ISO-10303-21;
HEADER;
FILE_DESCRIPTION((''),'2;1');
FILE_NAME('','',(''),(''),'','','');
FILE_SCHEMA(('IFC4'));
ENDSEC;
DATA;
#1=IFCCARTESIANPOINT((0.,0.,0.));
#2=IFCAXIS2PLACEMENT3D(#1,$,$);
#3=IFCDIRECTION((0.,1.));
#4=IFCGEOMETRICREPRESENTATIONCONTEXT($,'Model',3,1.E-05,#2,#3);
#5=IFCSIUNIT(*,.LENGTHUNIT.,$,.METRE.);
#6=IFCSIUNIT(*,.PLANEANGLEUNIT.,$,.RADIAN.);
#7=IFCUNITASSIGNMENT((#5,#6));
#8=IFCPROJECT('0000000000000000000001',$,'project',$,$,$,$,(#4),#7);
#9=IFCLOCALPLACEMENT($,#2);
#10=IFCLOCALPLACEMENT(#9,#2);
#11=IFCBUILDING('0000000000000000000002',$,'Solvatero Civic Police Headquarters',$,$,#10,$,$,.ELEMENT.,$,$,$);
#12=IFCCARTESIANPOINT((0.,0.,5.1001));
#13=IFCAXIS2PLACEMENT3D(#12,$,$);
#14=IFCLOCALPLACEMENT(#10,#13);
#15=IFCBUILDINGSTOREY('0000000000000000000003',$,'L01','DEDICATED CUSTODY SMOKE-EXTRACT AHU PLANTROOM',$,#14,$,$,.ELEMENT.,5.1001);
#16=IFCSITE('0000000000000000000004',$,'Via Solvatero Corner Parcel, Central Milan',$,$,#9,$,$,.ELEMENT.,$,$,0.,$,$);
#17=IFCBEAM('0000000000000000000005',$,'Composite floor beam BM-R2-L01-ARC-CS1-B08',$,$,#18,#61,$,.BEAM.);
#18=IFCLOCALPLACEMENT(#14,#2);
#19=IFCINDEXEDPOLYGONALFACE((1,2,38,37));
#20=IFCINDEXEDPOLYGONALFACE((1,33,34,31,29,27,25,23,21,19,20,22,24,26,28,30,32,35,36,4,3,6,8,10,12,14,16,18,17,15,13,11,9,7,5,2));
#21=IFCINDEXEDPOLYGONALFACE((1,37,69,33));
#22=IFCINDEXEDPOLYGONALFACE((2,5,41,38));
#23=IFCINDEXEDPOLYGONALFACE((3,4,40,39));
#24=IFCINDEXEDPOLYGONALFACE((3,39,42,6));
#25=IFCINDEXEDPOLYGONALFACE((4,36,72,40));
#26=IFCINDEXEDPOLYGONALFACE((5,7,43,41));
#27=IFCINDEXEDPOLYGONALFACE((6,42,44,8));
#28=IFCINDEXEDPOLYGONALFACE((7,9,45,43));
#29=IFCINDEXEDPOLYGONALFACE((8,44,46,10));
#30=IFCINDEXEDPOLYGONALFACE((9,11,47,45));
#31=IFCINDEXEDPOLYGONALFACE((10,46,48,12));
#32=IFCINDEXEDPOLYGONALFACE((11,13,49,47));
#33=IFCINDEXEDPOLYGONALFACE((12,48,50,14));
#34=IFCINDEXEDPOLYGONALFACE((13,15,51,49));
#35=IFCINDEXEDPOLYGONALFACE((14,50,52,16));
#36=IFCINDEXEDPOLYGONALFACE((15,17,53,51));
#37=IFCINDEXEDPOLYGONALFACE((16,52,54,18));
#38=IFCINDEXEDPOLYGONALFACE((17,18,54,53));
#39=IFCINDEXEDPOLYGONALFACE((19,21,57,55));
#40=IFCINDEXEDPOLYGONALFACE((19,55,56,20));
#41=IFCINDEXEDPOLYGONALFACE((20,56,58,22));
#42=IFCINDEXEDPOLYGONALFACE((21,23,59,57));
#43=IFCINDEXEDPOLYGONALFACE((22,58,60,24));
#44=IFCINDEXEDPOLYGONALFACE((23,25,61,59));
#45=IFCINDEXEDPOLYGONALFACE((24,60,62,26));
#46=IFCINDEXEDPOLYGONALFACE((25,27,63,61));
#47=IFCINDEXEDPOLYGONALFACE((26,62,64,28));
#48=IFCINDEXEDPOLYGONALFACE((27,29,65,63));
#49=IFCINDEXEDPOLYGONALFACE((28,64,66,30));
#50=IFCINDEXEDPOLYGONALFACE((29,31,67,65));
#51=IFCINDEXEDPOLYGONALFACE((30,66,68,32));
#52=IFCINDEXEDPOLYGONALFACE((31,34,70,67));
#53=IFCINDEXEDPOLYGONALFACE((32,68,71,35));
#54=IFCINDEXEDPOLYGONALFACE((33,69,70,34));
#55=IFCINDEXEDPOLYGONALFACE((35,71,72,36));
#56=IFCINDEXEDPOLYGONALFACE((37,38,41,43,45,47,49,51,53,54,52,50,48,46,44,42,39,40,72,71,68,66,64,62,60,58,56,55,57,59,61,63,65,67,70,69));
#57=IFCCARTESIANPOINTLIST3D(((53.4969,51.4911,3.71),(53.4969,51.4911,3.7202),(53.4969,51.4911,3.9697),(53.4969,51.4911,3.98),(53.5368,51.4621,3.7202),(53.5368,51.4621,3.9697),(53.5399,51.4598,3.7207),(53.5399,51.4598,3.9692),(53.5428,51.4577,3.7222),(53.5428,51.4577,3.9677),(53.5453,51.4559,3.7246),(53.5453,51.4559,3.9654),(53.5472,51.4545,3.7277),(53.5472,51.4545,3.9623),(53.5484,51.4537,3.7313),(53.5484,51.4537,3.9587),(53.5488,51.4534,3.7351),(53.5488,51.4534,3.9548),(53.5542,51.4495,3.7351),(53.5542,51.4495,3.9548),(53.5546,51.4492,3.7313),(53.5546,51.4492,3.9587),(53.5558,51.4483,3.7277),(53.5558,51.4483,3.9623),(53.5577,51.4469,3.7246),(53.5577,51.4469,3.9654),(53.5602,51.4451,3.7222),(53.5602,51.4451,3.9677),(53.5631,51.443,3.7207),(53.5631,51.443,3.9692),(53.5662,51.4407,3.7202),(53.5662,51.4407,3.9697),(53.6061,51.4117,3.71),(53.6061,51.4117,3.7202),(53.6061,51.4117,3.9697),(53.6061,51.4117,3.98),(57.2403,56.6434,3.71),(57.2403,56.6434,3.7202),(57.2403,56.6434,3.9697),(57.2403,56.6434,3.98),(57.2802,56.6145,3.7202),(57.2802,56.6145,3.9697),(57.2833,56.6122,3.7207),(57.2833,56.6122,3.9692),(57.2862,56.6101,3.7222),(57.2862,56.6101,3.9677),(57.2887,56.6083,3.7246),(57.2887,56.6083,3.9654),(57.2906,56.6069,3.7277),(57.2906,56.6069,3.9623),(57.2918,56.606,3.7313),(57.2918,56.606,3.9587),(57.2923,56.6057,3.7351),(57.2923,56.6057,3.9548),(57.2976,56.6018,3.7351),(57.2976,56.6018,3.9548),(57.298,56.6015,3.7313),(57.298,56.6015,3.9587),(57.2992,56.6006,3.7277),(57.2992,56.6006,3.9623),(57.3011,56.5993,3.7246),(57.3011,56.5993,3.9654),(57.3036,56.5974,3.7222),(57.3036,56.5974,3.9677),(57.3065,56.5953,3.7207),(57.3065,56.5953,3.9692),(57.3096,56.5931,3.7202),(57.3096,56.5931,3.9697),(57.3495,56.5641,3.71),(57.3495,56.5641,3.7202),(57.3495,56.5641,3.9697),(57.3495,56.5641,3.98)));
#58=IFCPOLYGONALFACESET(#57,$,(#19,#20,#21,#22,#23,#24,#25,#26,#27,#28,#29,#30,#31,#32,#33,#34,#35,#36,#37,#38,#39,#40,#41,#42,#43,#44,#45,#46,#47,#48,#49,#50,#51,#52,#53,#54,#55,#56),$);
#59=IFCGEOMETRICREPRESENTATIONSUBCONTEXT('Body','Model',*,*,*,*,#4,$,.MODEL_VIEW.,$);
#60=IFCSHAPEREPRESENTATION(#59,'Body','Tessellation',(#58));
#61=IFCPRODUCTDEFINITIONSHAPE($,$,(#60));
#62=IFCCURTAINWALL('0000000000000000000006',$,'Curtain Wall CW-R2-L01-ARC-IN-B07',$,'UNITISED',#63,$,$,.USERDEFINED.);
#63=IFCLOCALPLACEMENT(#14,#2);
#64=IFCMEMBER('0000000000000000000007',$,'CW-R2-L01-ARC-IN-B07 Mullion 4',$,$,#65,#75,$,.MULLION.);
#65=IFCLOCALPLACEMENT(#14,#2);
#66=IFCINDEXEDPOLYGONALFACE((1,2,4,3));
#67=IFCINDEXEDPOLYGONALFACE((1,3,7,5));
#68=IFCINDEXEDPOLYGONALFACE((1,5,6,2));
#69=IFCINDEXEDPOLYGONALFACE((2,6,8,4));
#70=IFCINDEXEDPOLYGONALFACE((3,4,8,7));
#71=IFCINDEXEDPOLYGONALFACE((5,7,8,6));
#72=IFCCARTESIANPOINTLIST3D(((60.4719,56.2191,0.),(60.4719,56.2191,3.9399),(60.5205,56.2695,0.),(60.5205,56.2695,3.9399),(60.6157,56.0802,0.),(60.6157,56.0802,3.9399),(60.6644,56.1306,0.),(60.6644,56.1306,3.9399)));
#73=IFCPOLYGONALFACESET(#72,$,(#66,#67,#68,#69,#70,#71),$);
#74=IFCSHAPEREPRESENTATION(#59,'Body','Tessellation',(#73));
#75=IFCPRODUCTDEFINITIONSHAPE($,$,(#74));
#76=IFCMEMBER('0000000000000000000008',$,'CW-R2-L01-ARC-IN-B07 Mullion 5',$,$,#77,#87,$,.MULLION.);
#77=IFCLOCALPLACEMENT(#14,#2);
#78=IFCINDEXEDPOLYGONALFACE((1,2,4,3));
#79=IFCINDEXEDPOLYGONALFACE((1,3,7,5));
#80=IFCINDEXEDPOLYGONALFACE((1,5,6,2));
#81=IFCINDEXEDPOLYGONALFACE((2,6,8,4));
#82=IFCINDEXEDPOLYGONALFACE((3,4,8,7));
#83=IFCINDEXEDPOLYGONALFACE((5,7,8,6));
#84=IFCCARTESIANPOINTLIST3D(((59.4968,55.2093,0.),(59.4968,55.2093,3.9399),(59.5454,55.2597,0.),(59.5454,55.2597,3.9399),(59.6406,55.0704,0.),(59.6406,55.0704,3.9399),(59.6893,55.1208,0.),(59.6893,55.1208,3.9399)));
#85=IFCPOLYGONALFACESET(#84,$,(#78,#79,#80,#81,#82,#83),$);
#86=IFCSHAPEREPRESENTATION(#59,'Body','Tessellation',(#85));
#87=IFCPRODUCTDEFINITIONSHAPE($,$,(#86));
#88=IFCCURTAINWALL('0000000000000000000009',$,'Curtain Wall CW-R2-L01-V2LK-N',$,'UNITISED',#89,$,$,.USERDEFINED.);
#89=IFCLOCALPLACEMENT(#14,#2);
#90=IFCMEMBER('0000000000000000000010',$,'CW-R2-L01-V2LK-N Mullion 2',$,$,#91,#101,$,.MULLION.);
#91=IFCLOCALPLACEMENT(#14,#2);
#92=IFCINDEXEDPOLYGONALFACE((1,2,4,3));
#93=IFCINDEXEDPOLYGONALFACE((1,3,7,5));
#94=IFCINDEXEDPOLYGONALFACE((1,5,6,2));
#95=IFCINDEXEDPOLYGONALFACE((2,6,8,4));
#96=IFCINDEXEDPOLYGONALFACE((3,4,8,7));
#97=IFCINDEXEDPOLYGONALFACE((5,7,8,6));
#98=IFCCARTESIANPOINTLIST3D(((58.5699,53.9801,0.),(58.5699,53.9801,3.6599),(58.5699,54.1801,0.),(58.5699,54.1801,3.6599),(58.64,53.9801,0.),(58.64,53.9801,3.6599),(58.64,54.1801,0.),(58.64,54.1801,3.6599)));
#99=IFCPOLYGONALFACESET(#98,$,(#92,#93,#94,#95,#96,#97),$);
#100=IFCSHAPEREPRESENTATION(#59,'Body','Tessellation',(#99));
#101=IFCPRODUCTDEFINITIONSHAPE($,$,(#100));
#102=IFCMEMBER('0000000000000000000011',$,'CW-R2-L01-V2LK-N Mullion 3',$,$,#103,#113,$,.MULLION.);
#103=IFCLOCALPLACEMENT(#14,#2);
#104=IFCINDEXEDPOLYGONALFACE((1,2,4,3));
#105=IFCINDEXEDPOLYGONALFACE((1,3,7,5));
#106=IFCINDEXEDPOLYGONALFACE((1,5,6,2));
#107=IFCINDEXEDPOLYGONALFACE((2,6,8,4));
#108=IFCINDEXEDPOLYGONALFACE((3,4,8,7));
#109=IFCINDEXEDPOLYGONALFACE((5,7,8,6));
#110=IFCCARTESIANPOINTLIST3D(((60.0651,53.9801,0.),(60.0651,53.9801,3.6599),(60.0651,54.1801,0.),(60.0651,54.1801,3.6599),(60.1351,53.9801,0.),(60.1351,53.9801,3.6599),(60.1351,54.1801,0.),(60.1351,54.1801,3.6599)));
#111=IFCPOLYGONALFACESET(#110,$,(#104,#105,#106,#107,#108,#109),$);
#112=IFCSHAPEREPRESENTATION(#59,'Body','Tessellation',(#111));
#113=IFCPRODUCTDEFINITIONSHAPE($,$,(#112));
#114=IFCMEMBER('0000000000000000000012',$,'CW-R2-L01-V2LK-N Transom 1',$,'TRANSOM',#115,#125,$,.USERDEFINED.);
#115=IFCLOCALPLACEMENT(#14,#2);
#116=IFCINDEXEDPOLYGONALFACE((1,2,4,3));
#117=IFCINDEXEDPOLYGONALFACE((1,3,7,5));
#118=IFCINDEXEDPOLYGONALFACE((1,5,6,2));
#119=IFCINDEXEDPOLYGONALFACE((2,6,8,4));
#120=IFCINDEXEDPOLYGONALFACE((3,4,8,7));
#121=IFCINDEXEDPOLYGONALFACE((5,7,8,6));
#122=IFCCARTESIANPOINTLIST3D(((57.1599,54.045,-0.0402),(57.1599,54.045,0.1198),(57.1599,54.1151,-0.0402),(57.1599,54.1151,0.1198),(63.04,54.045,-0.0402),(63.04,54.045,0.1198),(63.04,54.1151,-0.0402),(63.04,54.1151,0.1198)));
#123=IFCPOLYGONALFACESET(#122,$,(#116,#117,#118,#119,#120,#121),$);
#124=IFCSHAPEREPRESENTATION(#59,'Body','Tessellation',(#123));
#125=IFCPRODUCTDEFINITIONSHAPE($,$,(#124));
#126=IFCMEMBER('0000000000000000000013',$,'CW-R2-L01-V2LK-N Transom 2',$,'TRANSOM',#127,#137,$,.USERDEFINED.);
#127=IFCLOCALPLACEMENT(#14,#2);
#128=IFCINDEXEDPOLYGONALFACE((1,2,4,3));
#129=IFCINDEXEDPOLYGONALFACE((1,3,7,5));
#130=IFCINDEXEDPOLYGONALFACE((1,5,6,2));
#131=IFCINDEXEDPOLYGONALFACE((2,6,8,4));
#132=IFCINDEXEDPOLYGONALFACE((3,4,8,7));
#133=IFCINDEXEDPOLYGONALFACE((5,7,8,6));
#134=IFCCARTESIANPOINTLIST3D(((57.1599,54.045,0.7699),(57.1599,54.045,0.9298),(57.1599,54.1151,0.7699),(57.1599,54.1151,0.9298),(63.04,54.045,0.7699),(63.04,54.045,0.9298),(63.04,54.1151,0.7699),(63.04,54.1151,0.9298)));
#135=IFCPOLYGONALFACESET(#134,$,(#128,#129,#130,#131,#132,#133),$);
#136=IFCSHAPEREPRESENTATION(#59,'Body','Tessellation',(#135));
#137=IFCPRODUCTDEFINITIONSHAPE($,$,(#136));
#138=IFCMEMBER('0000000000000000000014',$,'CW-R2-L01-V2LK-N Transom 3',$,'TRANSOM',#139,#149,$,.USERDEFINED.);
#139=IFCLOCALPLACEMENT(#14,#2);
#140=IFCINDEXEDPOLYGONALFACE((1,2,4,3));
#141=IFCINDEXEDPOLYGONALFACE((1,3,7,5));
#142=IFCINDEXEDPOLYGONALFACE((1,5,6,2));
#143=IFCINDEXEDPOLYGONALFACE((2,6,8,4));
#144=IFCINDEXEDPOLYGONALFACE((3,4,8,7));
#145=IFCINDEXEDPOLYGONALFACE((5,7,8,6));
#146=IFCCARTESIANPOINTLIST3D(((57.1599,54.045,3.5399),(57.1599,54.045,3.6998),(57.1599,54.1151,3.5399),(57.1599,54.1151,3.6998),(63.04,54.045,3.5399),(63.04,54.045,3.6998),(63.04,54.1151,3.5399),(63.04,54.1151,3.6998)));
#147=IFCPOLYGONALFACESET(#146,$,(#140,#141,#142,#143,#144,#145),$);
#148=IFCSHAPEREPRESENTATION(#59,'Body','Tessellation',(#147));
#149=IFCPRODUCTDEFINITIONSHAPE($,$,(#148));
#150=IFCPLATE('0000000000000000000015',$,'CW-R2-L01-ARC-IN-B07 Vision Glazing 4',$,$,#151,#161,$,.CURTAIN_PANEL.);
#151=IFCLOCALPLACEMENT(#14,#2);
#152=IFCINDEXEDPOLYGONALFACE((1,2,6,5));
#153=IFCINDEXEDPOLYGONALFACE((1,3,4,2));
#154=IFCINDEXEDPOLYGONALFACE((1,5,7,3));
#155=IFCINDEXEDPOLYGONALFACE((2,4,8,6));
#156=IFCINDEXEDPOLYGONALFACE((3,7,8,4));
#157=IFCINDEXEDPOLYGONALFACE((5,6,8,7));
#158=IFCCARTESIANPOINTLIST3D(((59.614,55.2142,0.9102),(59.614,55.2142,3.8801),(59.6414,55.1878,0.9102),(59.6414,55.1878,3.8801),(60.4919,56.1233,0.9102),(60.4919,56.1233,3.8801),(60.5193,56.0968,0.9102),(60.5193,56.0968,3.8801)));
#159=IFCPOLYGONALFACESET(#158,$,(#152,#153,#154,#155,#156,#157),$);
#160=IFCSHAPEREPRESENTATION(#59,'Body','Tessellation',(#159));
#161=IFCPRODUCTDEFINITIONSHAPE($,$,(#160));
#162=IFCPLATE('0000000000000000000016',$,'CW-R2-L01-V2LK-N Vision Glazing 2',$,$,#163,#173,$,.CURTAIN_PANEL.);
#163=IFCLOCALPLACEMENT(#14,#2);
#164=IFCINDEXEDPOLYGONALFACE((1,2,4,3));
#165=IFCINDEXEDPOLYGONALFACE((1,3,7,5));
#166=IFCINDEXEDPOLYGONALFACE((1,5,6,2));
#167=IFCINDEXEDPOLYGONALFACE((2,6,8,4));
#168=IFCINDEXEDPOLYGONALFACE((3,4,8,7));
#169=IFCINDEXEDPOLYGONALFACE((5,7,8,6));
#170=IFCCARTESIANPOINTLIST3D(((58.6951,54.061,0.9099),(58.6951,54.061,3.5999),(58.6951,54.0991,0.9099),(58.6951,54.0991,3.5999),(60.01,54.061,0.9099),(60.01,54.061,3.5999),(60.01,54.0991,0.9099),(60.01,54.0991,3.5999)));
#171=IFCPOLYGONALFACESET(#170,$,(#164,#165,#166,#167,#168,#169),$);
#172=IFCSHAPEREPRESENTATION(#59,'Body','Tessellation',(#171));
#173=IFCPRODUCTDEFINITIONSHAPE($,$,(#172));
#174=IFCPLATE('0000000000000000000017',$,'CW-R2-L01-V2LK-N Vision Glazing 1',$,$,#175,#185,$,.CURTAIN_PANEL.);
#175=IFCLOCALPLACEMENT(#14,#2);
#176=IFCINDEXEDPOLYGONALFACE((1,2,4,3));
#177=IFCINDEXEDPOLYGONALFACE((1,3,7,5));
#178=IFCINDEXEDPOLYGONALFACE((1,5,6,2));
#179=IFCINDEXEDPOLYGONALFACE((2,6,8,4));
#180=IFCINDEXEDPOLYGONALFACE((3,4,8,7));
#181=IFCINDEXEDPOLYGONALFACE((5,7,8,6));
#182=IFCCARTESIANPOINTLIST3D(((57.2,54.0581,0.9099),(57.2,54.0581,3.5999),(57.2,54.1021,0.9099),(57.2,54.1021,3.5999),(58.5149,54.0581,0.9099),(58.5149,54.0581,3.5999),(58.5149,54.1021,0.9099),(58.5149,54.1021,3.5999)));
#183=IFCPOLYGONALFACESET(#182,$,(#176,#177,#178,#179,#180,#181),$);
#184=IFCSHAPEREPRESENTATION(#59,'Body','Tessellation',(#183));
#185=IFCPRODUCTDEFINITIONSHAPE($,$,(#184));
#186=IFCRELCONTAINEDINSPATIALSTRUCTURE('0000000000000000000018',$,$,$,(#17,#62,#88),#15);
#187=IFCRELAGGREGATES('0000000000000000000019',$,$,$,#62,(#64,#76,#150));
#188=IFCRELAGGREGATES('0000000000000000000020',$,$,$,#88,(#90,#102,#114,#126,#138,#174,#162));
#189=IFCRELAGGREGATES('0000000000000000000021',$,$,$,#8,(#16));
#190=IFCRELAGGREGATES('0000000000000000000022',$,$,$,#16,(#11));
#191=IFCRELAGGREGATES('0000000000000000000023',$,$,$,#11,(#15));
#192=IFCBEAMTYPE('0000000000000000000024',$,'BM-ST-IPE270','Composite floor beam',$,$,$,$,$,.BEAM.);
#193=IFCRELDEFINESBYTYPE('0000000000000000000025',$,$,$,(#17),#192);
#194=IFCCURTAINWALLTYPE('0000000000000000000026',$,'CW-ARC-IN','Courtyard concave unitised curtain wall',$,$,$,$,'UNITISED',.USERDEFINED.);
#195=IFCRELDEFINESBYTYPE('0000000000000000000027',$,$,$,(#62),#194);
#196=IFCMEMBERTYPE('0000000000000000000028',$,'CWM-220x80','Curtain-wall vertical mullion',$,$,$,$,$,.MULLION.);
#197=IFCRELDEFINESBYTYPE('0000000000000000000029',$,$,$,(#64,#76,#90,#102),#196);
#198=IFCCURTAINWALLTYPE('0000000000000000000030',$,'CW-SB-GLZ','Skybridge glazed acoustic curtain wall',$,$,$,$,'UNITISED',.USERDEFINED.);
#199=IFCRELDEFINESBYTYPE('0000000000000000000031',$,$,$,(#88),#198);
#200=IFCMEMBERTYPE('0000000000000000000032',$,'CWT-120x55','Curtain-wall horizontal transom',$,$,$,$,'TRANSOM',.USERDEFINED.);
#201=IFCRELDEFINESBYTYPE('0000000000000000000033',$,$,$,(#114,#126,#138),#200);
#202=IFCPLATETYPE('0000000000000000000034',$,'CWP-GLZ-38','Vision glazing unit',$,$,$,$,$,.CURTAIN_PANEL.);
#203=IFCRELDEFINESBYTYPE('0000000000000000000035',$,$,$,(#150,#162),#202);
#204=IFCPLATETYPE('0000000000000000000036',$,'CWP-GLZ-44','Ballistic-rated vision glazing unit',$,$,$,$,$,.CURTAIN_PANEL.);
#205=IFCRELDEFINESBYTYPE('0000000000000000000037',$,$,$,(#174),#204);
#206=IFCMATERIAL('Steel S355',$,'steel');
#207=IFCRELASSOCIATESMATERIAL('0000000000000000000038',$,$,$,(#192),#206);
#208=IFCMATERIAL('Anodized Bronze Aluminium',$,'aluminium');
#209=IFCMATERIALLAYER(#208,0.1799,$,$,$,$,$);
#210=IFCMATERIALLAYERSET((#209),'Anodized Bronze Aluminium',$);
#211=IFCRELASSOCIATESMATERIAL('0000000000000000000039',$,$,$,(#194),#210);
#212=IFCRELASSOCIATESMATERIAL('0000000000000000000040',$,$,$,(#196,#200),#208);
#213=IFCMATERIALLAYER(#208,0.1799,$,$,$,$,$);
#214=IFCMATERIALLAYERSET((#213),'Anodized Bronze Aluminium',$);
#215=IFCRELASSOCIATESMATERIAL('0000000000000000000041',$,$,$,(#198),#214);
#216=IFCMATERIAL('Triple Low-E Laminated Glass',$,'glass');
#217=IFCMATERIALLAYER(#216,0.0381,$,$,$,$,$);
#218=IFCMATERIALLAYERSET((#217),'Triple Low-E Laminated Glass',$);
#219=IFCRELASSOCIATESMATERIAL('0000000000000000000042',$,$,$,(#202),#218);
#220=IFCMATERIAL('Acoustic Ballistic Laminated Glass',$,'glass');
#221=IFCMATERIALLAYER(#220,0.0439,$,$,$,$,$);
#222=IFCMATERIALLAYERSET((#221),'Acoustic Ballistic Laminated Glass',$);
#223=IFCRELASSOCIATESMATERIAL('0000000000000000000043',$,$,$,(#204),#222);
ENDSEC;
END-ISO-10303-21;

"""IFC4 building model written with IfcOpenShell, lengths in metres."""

from ifc_helpers import new_model, si_unit, direction, frame, origin, origin_2d, place, context, subcontext, project, spatial, rectangle, i_section, extrude, material, layer, layer_set, material_profile, profile_set, type_object, element, aggregate, save


model = new_model("IFC4")

# Units and contexts
model_context = context("Model", 3, precision=1e-05, world=origin(), true_north=direction((0.0, 1.0)))
body_context = subcontext(model_context, "Body", "Model", "MODEL_VIEW")
ifc_project = project(units=[si_unit("LENGTHUNIT", "METRE"), si_unit("PLANEANGLEUNIT", "RADIAN")], contexts=[model_context])

# Site, building, storey
site_placement = place(None, origin())
site = spatial("IfcSite", under=ifc_project, at=site_placement, Name="Via Solvatero Corner Parcel, Central Milan", CompositionType="ELEMENT", RefElevation=0.0)
building_placement = place(site_placement, origin())
building = spatial("IfcBuilding", under=site, at=building_placement, Name="Solvatero Civic Police Headquarters", CompositionType="ELEMENT")
storey_placement = place(building_placement, frame((0.0, 0.0, 5.1001)))
storey = spatial("IfcBuildingStorey", under=building, at=storey_placement, Name="L01", Description="DEDICATED CUSTODY SMOKE-EXTRACT AHU PLANTROOM", CompositionType="ELEMENT", Elevation=5.1001)

# Shared definitions
ifc_material_1 = material(Name="Steel S355", Category="steel")

# Beam
ifc_material_profile_1 = material_profile(ifc_material_1, i_section(OverallWidth=0.135, OverallDepth=0.27, WebThickness=0.0066, FlangeThickness=0.0103, FilletRadius=0.0149, at=origin_2d()), Name="IPE 270")
ifc_profile_set_1 = profile_set([ifc_material_profile_1], Name="Steel S355")
beam_type_1 = type_object("IfcBeamType", Name="BM-ST-IPE270", Description="Composite floor beam", PredefinedType="BEAM", material=ifc_profile_set_1)
beam_1_placement = place(storey_placement, frame((57.2949, 56.6038, 3.845), z_axis=(-0.587786, -0.809016, 0.0), x_axis=(0.809016, -0.587786, 0.0)))
element("IfcBeam", 1, at=beam_1_placement, inside=storey, type_object=beam_type_1, Name="Composite floor beam BM-R2-L01-ARC-CS1-B08", PredefinedType="BEAM", context=body_context, shape_type="SweptSolid", body=[
    extrude(i_section(OverallWidth=0.135, OverallDepth=0.27, WebThickness=0.0066, FlangeThickness=0.0103, FilletRadius=0.0149, at=origin_2d()), origin(), (0.0, 0.0, 1.0), 6.3687),
])

# Curtain walls, members
ifc_material_2 = material(Name="Anodized Bronze Aluminium", Category="aluminium")
ifc_layer_1 = layer(ifc_material_2, 0.1799)
ifc_layer_set_1 = layer_set([ifc_layer_1], Name="Anodized Bronze Aluminium")
curtain_wall_type_1 = type_object("IfcCurtainWallType", Name="CW-ARC-IN", Description="Courtyard concave unitised curtain wall", ElementType="UNITISED", PredefinedType="USERDEFINED", material=ifc_layer_set_1)
curtain_wall_1_placement = place(storey_placement, origin())
curtain_wall_1 = element("IfcCurtainWall", 2, at=curtain_wall_1_placement, inside=storey, type_object=curtain_wall_type_1, Name="Curtain Wall CW-R2-L01-ARC-IN-B07", ObjectType="UNITISED", PredefinedType="USERDEFINED")
ifc_material_profile_2 = material_profile(ifc_material_2, rectangle(XDim=0.0701, YDim=0.2, at=origin_2d()), Name="ALU MULLION 70x200")
ifc_profile_set_2 = profile_set([ifc_material_profile_2], Name="Anodized Bronze Aluminium")
member_type_1 = type_object("IfcMemberType", Name="CWM-220x80", Description="Curtain-wall vertical mullion", PredefinedType="MULLION", material=ifc_profile_set_2)
member_1_placement = place(storey_placement, frame((60.5681, 56.1748, 0.0), z_axis=(0.0, 0.0, 1.0), x_axis=(-0.694658, -0.71934, 0.0)))
member_1 = element("IfcMember", 3, at=member_1_placement, type_object=member_type_1, Name="CW-R2-L01-ARC-IN-B07 Mullion 4", PredefinedType="MULLION", context=body_context, shape_type="SweptSolid", body=[
    extrude(rectangle(XDim=0.0701, YDim=0.2, at=origin_2d()), origin(), (0.0, 0.0, 1.0), 3.9399),
])
member_2_placement = place(storey_placement, frame((59.593, 55.165, 0.0), z_axis=(0.0, 0.0, 1.0), x_axis=(-0.694658, -0.71934, 0.0)))
member_2 = element("IfcMember", 4, at=member_2_placement, type_object=member_type_1, Name="CW-R2-L01-ARC-IN-B07 Mullion 5", PredefinedType="MULLION", context=body_context, shape_type="SweptSolid", body=[
    extrude(rectangle(XDim=0.0701, YDim=0.2, at=origin_2d()), origin(), (0.0, 0.0, 1.0), 3.9399),
])
ifc_layer_2 = layer(ifc_material_2, 0.1799)
ifc_layer_set_2 = layer_set([ifc_layer_2], Name="Anodized Bronze Aluminium")
curtain_wall_type_2 = type_object("IfcCurtainWallType", Name="CW-SB-GLZ", Description="Skybridge glazed acoustic curtain wall", ElementType="UNITISED", PredefinedType="USERDEFINED", material=ifc_layer_set_2)
curtain_wall_2_placement = place(storey_placement, origin())
curtain_wall_2 = element("IfcCurtainWall", 5, at=curtain_wall_2_placement, inside=storey, type_object=curtain_wall_type_2, Name="Curtain Wall CW-R2-L01-V2LK-N", ObjectType="UNITISED", PredefinedType="USERDEFINED")
member_3_placement = place(storey_placement, frame((58.605, 54.0801, 0.0), z_axis=(0.0, 0.0, 1.0), x_axis=(1.0, 0.0, 0.0)))
member_3 = element("IfcMember", 6, at=member_3_placement, type_object=member_type_1, Name="CW-R2-L01-V2LK-N Mullion 2", PredefinedType="MULLION", context=body_context, shape_type="SweptSolid", body=[
    extrude(rectangle(XDim=0.0701, YDim=0.2, at=origin_2d()), origin(), (0.0, 0.0, 1.0), 3.6599),
])
member_4_placement = place(storey_placement, frame((60.1001, 54.0801, 0.0), z_axis=(0.0, 0.0, 1.0), x_axis=(1.0, 0.0, 0.0)))
member_4 = element("IfcMember", 7, at=member_4_placement, type_object=member_type_1, Name="CW-R2-L01-V2LK-N Mullion 3", PredefinedType="MULLION", context=body_context, shape_type="SweptSolid", body=[
    extrude(rectangle(XDim=0.0701, YDim=0.2, at=origin_2d()), origin(), (0.0, 0.0, 1.0), 3.6599),
])
ifc_material_profile_3 = material_profile(ifc_material_2, rectangle(XDim=0.0701, YDim=0.1599, at=origin_2d()), Name="ALU TRANSOM 70x160")
ifc_profile_set_3 = profile_set([ifc_material_profile_3], Name="Anodized Bronze Aluminium")
member_type_2 = type_object("IfcMemberType", Name="CWT-120x55", Description="Curtain-wall horizontal transom", ElementType="TRANSOM", PredefinedType="USERDEFINED", material=ifc_profile_set_3)
member_5_placement = place(storey_placement, frame((57.1599, 54.0801, 0.0398), z_axis=(1.0, 0.0, 0.0), x_axis=(0.0, 1.0, 0.0)))
member_5 = element("IfcMember", 8, at=member_5_placement, type_object=member_type_2, Name="CW-R2-L01-V2LK-N Transom 1", ObjectType="TRANSOM", PredefinedType="USERDEFINED", context=body_context, shape_type="SweptSolid", body=[
    extrude(rectangle(XDim=0.0701, YDim=0.1599, at=origin_2d()), origin(), (0.0, 0.0, 1.0), 5.8801),
])
member_6_placement = place(storey_placement, frame((57.1599, 54.0801, 0.8499), z_axis=(1.0, 0.0, 0.0), x_axis=(0.0, 1.0, 0.0)))
member_6 = element("IfcMember", 9, at=member_6_placement, type_object=member_type_2, Name="CW-R2-L01-V2LK-N Transom 2", ObjectType="TRANSOM", PredefinedType="USERDEFINED", context=body_context, shape_type="SweptSolid", body=[
    extrude(rectangle(XDim=0.0701, YDim=0.1599, at=origin_2d()), origin(), (0.0, 0.0, 1.0), 5.8801),
])
member_7_placement = place(storey_placement, frame((57.1599, 54.0801, 3.6199), z_axis=(1.0, 0.0, 0.0), x_axis=(0.0, 1.0, 0.0)))
member_7 = element("IfcMember", 10, at=member_7_placement, type_object=member_type_2, Name="CW-R2-L01-V2LK-N Transom 3", ObjectType="TRANSOM", PredefinedType="USERDEFINED", context=body_context, shape_type="SweptSolid", body=[
    extrude(rectangle(XDim=0.0701, YDim=0.1599, at=origin_2d()), origin(), (0.0, 0.0, 1.0), 5.8801),
])

# Plates
ifc_material_3 = material(Name="Triple Low-E Laminated Glass", Category="glass")
ifc_layer_3 = layer(ifc_material_3, 0.0381)
ifc_layer_set_3 = layer_set([ifc_layer_3], Name="Triple Low-E Laminated Glass")
plate_type_1 = type_object("IfcPlateType", Name="CWP-GLZ-38", Description="Vision glazing unit", PredefinedType="CURTAIN_PANEL", material=ifc_layer_set_3)
plate_1_placement = place(storey_placement, frame((60.0667, 55.6555, 0.9102), z_axis=(0.0, 0.0, 1.0), x_axis=(-0.694658, -0.71934, 0.0)))
plate_1 = element("IfcPlate", 11, at=plate_1_placement, type_object=plate_type_1, Name="CW-R2-L01-ARC-IN-B07 Vision Glazing 4", PredefinedType="CURTAIN_PANEL", context=body_context, shape_type="SweptSolid", body=[
    extrude(rectangle(XDim=1.2637, YDim=0.0381, at=origin_2d()), origin(), (0.0, 0.0, 1.0), 2.97),
])
plate_2_placement = place(storey_placement, frame((59.3525, 54.0801, 0.9099), z_axis=(0.0, 0.0, 1.0), x_axis=(1.0, 0.0, 0.0)))
plate_2 = element("IfcPlate", 12, at=plate_2_placement, type_object=plate_type_1, Name="CW-R2-L01-V2LK-N Vision Glazing 2", PredefinedType="CURTAIN_PANEL", context=body_context, shape_type="SweptSolid", body=[
    extrude(rectangle(XDim=1.3149, YDim=0.0381, at=origin_2d()), origin(), (0.0, 0.0, 1.0), 2.6899),
])
ifc_material_4 = material(Name="Acoustic Ballistic Laminated Glass", Category="glass")
ifc_layer_4 = layer(ifc_material_4, 0.0439)
ifc_layer_set_4 = layer_set([ifc_layer_4], Name="Acoustic Ballistic Laminated Glass")
plate_type_2 = type_object("IfcPlateType", Name="CWP-GLZ-44", Description="Ballistic-rated vision glazing unit", PredefinedType="CURTAIN_PANEL", material=ifc_layer_set_4)
plate_3_placement = place(storey_placement, frame((57.8574, 54.0801, 0.9099), z_axis=(0.0, 0.0, 1.0), x_axis=(1.0, 0.0, 0.0)))
plate_3 = element("IfcPlate", 13, at=plate_3_placement, type_object=plate_type_2, Name="CW-R2-L01-V2LK-N Vision Glazing 1", PredefinedType="CURTAIN_PANEL", context=body_context, shape_type="SweptSolid", body=[
    extrude(rectangle(XDim=1.3149, YDim=0.0439, at=origin_2d()), origin(), (0.0, 0.0, 1.0), 2.6899),
])
aggregate(curtain_wall_1, [member_1, member_2, plate_1])
aggregate(curtain_wall_2, [member_3, member_4, member_5, member_6, member_7, plate_3, plate_2])

save(model, "model.ifc")
